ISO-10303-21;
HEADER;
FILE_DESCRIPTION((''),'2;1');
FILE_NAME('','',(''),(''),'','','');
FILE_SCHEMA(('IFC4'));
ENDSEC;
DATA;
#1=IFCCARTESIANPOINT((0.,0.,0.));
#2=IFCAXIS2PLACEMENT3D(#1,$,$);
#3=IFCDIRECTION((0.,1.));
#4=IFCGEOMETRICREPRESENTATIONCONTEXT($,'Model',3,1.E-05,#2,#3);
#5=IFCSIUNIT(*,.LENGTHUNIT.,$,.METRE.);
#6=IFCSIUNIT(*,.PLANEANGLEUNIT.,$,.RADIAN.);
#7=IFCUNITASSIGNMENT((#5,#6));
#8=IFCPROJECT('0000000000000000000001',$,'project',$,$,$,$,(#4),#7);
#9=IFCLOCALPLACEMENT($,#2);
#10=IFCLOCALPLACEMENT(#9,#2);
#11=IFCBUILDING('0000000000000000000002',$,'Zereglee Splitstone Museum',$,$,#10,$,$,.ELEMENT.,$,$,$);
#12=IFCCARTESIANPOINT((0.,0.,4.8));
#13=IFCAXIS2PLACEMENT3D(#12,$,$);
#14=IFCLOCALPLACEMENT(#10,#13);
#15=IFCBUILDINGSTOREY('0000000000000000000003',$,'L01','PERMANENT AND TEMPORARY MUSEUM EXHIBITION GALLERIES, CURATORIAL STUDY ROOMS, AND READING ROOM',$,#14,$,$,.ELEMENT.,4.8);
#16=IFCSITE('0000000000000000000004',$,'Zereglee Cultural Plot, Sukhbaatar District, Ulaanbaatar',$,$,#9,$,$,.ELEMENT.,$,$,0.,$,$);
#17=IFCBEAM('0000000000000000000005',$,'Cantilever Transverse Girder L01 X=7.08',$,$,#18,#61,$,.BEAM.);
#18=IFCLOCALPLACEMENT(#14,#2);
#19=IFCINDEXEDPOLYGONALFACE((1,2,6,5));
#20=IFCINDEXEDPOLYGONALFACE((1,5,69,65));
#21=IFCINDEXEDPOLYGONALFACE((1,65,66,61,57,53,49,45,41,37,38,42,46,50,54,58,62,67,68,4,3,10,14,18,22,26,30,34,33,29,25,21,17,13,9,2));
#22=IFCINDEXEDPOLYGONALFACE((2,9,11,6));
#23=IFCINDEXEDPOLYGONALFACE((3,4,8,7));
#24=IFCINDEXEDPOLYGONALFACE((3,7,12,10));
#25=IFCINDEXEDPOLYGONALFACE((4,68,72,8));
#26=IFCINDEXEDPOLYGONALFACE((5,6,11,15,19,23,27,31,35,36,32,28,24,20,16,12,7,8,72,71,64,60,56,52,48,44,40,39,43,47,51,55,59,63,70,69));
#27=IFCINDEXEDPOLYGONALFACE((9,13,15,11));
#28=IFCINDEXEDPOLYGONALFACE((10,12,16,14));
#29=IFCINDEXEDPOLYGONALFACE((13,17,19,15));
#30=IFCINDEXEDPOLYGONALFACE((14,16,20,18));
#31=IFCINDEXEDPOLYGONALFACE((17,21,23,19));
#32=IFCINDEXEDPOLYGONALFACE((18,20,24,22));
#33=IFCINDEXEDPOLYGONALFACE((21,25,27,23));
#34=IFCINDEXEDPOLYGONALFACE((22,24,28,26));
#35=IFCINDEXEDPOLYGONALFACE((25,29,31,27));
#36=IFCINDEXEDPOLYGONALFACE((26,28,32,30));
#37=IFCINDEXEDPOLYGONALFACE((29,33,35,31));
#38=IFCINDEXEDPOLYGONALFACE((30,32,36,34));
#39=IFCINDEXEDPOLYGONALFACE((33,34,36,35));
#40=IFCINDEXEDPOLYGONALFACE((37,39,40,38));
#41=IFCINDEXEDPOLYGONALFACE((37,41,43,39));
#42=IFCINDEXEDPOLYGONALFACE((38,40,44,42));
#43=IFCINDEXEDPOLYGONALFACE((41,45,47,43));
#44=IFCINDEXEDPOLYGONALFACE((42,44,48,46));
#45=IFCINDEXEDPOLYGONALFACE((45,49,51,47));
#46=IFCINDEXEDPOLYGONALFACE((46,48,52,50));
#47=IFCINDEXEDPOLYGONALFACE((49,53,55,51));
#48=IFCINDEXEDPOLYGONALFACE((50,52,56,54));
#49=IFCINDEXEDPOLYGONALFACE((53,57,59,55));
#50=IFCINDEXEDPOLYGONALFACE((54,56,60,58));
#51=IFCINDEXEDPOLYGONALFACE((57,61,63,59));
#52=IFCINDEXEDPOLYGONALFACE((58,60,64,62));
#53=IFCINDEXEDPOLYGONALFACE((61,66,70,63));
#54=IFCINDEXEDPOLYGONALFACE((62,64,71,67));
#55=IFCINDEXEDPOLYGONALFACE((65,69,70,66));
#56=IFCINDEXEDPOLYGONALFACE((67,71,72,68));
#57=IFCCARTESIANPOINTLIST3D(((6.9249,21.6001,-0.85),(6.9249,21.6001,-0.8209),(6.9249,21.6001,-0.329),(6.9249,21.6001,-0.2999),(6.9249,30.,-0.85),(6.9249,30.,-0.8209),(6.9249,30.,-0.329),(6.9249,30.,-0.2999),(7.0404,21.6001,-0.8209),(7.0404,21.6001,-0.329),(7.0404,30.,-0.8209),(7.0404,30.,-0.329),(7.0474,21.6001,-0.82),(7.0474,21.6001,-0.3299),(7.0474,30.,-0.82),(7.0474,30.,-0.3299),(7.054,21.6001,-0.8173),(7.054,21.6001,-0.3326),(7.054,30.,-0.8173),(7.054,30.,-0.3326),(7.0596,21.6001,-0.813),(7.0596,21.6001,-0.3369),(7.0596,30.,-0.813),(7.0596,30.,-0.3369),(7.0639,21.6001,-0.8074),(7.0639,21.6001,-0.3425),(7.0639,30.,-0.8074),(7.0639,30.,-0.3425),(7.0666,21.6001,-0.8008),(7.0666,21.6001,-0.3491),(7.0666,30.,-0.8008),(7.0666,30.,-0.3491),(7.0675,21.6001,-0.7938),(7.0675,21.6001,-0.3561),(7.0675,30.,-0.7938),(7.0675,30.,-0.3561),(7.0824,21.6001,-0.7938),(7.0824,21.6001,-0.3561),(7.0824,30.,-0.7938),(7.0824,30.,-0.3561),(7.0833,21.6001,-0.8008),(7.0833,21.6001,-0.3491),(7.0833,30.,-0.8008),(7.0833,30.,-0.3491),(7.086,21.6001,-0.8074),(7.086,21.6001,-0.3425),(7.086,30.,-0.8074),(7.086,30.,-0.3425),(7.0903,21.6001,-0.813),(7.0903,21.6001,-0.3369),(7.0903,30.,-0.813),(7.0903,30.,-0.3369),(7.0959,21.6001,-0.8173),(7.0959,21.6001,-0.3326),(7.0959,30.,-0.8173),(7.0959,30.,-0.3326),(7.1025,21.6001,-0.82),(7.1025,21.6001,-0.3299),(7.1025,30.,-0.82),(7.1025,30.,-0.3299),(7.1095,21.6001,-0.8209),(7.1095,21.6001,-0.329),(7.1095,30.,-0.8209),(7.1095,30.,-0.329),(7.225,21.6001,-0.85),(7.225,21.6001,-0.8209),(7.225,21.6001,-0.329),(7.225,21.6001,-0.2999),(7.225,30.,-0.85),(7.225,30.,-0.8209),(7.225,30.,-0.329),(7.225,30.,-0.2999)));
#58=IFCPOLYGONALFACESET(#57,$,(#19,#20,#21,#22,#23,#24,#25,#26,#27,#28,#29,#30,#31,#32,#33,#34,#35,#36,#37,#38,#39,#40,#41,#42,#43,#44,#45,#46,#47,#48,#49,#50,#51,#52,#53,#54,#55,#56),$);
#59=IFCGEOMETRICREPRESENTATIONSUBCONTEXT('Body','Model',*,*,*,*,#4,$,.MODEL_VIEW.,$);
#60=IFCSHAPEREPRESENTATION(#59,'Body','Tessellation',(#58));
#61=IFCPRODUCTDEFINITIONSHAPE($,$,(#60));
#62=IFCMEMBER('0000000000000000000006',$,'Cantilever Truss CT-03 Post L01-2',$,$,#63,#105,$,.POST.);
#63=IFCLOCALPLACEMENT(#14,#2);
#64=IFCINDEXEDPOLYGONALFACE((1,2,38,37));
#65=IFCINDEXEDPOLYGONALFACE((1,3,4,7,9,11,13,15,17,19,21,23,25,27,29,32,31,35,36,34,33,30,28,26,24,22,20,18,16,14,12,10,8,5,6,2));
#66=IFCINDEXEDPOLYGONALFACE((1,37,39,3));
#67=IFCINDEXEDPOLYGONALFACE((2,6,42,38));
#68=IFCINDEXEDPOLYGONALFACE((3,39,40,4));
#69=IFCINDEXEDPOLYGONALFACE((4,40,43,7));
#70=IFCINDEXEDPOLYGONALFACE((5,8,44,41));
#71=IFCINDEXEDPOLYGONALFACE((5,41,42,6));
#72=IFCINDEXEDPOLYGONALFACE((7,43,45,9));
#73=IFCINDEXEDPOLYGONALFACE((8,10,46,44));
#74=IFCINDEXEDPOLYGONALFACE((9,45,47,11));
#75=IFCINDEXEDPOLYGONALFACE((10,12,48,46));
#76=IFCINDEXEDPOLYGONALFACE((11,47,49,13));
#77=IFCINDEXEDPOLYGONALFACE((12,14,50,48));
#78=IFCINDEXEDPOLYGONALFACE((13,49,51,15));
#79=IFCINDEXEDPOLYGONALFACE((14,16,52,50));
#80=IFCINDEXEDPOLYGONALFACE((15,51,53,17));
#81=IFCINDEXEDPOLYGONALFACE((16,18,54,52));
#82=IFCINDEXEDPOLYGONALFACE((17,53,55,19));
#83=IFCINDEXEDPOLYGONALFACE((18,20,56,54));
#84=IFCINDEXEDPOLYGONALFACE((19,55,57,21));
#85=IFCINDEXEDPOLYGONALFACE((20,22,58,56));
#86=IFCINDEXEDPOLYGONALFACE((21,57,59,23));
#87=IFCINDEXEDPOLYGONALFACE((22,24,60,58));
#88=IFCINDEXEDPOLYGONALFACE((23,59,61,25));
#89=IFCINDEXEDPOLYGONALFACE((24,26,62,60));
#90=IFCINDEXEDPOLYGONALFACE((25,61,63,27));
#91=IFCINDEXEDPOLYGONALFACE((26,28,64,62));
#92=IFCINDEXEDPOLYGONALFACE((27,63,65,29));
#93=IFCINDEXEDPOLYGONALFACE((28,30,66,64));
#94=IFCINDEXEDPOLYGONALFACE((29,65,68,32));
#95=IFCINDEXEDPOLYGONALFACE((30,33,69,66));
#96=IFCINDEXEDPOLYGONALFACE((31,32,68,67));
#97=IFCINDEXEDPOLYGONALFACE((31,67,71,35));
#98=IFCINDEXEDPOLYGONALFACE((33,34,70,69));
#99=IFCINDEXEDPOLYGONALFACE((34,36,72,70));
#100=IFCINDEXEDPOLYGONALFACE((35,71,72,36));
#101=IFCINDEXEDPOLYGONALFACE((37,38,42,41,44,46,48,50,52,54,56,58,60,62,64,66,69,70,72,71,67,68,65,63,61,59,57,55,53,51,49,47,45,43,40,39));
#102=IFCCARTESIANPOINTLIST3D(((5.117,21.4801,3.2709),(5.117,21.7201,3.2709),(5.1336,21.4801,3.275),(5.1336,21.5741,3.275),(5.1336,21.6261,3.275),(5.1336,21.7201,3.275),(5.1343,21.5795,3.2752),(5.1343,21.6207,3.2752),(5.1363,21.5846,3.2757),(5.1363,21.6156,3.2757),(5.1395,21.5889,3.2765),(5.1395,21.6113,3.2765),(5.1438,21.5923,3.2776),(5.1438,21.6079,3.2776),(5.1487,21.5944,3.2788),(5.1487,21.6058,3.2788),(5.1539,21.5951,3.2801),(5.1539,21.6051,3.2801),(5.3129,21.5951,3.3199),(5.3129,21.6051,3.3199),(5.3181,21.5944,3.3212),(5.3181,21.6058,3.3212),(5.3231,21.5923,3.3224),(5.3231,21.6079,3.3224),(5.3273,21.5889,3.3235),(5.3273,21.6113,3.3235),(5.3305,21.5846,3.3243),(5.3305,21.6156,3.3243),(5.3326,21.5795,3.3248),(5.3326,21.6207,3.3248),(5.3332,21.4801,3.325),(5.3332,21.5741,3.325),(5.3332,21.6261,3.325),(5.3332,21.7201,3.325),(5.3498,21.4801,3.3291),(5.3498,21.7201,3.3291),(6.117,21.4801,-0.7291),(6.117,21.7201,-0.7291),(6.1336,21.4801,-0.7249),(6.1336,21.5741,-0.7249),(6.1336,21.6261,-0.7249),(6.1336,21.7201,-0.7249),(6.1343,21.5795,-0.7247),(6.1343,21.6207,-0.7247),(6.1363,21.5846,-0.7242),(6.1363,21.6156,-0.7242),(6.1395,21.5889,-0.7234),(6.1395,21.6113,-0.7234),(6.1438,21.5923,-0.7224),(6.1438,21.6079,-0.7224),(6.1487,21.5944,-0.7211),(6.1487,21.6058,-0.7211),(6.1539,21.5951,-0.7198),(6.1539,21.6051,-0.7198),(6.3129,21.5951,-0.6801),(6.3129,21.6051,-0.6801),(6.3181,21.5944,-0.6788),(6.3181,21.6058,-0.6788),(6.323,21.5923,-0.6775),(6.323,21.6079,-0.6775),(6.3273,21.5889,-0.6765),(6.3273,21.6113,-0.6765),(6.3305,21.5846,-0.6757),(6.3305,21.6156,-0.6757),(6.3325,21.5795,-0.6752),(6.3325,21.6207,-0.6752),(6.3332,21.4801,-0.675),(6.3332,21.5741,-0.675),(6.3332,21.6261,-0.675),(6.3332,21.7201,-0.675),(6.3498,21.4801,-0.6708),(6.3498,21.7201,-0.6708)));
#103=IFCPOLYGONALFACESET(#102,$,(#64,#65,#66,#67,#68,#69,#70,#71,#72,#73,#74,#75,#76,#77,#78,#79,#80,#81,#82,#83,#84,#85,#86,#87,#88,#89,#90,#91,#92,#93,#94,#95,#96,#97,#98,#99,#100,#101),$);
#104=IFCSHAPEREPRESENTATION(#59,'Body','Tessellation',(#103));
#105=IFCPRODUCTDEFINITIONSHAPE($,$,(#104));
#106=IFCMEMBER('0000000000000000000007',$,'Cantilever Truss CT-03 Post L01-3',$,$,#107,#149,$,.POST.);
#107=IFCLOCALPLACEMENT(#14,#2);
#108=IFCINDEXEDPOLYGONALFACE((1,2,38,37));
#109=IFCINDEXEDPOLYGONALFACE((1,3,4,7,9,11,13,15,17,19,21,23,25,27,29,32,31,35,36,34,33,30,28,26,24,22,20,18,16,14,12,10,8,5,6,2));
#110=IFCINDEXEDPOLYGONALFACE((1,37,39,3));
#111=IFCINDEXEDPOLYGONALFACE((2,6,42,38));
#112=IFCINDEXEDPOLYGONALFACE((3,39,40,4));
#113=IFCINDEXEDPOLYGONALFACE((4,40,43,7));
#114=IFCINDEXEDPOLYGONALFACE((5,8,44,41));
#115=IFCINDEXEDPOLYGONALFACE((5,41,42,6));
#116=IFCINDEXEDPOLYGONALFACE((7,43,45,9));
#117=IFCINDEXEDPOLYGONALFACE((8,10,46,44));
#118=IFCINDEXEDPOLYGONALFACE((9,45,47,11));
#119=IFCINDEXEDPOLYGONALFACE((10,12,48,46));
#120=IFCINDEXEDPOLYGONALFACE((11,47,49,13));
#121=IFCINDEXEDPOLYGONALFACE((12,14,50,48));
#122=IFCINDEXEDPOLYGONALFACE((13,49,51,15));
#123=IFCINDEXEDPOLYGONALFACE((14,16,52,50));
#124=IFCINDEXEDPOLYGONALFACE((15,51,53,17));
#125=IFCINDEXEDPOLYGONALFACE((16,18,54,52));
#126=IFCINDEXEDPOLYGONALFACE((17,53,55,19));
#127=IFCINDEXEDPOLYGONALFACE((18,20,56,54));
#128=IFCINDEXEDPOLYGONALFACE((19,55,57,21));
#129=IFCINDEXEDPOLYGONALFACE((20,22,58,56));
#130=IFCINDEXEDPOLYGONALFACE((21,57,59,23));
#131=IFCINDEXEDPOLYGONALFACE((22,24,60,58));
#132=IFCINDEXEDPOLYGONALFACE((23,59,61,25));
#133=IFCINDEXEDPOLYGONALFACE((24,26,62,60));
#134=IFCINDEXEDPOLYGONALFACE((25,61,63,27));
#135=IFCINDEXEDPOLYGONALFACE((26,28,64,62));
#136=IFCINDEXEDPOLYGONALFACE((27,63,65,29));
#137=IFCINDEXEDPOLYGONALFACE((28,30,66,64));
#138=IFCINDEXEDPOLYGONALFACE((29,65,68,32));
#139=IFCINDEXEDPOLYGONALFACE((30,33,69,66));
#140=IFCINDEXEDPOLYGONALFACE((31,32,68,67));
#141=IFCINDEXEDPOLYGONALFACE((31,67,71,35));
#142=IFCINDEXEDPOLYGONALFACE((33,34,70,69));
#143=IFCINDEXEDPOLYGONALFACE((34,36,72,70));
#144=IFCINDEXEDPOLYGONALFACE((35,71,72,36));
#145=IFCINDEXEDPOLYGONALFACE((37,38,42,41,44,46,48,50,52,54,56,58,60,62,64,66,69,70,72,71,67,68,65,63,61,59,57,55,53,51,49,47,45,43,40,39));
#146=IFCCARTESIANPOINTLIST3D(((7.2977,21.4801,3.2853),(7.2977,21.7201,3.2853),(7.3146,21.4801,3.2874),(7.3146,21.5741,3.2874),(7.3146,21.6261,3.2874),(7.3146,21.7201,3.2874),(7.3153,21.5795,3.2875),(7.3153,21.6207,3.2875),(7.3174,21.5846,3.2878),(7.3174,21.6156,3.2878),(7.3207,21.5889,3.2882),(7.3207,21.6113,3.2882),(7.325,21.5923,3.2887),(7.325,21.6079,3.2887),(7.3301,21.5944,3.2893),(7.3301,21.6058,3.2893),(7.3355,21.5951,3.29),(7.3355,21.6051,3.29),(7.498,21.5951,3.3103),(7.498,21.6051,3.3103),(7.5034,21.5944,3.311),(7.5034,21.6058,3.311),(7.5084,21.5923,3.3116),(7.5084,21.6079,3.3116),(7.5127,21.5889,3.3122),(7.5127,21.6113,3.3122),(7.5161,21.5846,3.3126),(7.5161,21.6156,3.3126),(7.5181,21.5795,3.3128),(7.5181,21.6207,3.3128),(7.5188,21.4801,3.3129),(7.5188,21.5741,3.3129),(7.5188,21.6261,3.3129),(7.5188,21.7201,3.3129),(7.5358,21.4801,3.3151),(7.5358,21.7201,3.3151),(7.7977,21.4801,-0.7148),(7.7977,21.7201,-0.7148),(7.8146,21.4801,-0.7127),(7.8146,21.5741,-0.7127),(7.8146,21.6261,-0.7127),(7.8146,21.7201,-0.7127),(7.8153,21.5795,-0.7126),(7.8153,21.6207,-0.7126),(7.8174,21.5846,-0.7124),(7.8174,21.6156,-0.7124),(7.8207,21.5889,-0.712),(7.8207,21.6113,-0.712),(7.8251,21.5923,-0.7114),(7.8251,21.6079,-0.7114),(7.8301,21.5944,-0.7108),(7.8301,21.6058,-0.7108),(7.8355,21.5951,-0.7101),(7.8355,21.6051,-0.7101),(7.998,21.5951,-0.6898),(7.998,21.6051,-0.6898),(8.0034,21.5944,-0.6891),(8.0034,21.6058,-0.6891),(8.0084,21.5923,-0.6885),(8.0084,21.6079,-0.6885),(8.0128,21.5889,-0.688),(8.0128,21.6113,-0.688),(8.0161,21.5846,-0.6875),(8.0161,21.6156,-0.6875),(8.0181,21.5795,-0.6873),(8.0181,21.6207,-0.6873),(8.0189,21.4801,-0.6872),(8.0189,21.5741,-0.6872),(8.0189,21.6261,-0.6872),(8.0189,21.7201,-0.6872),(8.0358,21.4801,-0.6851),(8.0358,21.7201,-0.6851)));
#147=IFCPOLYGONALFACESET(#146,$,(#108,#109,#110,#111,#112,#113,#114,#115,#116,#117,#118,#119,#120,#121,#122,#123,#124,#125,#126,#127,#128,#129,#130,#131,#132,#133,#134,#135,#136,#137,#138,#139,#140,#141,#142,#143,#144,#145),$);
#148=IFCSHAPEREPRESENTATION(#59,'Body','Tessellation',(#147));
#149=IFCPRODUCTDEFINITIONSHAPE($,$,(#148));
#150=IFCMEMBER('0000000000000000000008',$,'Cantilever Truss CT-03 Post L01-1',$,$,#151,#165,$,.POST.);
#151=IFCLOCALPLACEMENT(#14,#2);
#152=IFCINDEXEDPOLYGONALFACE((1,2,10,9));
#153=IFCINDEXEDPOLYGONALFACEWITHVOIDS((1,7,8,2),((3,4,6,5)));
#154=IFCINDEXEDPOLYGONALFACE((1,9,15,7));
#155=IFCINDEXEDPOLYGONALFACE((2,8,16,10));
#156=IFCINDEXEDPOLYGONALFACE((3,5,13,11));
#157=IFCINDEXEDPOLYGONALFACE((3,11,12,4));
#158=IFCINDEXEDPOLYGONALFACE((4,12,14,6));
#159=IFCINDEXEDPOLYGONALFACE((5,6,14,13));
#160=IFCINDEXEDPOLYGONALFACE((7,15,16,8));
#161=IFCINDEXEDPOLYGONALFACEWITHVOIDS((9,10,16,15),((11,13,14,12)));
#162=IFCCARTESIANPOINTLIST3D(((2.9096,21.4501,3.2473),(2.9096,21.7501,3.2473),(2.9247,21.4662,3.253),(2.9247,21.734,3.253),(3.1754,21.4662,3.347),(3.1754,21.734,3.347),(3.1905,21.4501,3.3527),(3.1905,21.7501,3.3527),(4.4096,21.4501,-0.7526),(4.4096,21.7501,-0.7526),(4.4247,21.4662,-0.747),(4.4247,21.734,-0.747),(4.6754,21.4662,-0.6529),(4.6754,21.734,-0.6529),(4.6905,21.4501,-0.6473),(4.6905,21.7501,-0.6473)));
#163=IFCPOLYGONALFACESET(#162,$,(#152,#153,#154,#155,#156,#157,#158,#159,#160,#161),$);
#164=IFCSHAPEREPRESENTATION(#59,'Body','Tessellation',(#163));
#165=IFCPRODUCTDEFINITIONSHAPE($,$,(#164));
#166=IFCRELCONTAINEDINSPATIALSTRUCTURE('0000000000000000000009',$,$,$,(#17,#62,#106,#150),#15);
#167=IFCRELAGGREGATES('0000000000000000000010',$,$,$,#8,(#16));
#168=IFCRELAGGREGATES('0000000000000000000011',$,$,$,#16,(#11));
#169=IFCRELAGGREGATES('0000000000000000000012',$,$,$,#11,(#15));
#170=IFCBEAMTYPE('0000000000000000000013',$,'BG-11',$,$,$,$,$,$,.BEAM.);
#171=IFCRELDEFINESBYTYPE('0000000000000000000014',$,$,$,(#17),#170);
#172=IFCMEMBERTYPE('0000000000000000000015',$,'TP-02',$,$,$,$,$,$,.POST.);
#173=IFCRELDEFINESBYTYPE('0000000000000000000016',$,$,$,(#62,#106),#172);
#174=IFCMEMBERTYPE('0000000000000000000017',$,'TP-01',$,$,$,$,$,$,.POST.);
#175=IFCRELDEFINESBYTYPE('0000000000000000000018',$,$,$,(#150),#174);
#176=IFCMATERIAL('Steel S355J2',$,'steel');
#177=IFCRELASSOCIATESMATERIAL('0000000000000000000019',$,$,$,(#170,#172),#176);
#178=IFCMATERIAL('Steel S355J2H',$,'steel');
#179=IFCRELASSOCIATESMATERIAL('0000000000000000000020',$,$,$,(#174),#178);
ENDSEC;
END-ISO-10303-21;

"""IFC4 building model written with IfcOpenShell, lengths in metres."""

from ifc_helpers import new_model, si_unit, direction, frame, origin, origin_2d, place, context, subcontext, project, spatial, hollow_rectangle, i_section, extrude, material, material_profile, profile_set, type_object, element, save


model = new_model("IFC4")

# Units and contexts
model_context = context("Model", 3, precision=1e-05, world=origin(), true_north=direction((0.0, 1.0)))
body_context = subcontext(model_context, "Body", "Model", "MODEL_VIEW")
ifc_project = project(units=[si_unit("LENGTHUNIT", "METRE"), si_unit("PLANEANGLEUNIT", "RADIAN")], contexts=[model_context])

# Site, building, storey
site_placement = place(None, origin())
site = spatial("IfcSite", under=ifc_project, at=site_placement, Name="Zereglee Cultural Plot, Sukhbaatar District, Ulaanbaatar", CompositionType="ELEMENT", RefElevation=0.0)
building_placement = place(site_placement, origin())
building = spatial("IfcBuilding", under=site, at=building_placement, Name="Zereglee Splitstone Museum", CompositionType="ELEMENT")
storey_placement = place(building_placement, frame((0.0, 0.0, 4.8)))
storey = spatial("IfcBuildingStorey", under=building, at=storey_placement, Name="L01", Description="PERMANENT AND TEMPORARY MUSEUM EXHIBITION GALLERIES, CURATORIAL STUDY ROOMS, AND READING ROOM", CompositionType="ELEMENT", Elevation=4.8)

# Shared definitions
ifc_material_1 = material(Name="Steel S355J2H", Category="steel")

# Beam
ifc_material_2 = material(Name="Steel S355J2", Category="steel")
ifc_material_profile_1 = material_profile(ifc_material_2, i_section(OverallWidth=0.3, OverallDepth=0.55, WebThickness=0.0149, FlangeThickness=0.0291, FilletRadius=0.0271, at=origin_2d()), Name="HE 550 B")
ifc_profile_set_1 = profile_set([ifc_material_profile_1], Name="Steel S355J2")
beam_type_1 = type_object("IfcBeamType", Name="BG-11", PredefinedType="BEAM", material=ifc_profile_set_1)
beam_1_placement = place(storey_placement, frame((7.075, 21.6001, -0.575), z_axis=(0.0, 1.0, 0.0), x_axis=(-1.0, 0.0, 0.0)))
element("IfcBeam", 1, at=beam_1_placement, inside=storey, type_object=beam_type_1, Name="Cantilever Transverse Girder L01 X=7.08", PredefinedType="BEAM", context=body_context, shape_type="SweptSolid", body=[
    extrude(i_section(OverallWidth=0.3, OverallDepth=0.55, WebThickness=0.0149, FlangeThickness=0.0291, FilletRadius=0.0271, at=origin_2d()), origin(), (0.0, 0.0, 1.0), 8.3999),
])

# Members
ifc_material_profile_2 = material_profile(ifc_material_2, i_section(OverallWidth=0.24, OverallDepth=0.24, WebThickness=0.01, FlangeThickness=0.0171, FilletRadius=0.021, at=origin_2d()), Name="HE 240 B")
ifc_profile_set_2 = profile_set([ifc_material_profile_2], Name="Steel S355J2")
member_type_1 = type_object("IfcMemberType", Name="TP-02", PredefinedType="POST", material=ifc_profile_set_2)
member_1_placement = place(storey_placement, frame((6.2334, 21.6001, -0.7), z_axis=(-0.242536, 0.0, 0.970143), x_axis=(0.0, -1.0, 0.0)))
element("IfcMember", 2, at=member_1_placement, inside=storey, type_object=member_type_1, Name="Cantilever Truss CT-03 Post L01-2", PredefinedType="POST", context=body_context, shape_type="SweptSolid", body=[
    extrude(i_section(OverallWidth=0.24, OverallDepth=0.24, WebThickness=0.01, FlangeThickness=0.0171, FilletRadius=0.021, at=origin_2d()), origin(), (0.0, 0.0, 1.0), 4.123),
])
member_2_placement = place(storey_placement, frame((7.9167, 21.6001, -0.7), z_axis=(-0.124035, 0.0, 0.992278), x_axis=(0.0, -1.0, 0.0)))
element("IfcMember", 3, at=member_2_placement, inside=storey, type_object=member_type_1, Name="Cantilever Truss CT-03 Post L01-3", PredefinedType="POST", context=body_context, shape_type="SweptSolid", body=[
    extrude(i_section(OverallWidth=0.24, OverallDepth=0.24, WebThickness=0.01, FlangeThickness=0.0171, FilletRadius=0.021, at=origin_2d()), origin(), (0.0, 0.0, 1.0), 4.0312),
])
ifc_material_profile_3 = material_profile(ifc_material_1, hollow_rectangle(XDim=0.3, YDim=0.3, WallThickness=0.0161, at=origin_2d()), Name="SHS 300x300x16")
ifc_profile_set_3 = profile_set([ifc_material_profile_3], Name="Steel S355J2H")
member_type_2 = type_object("IfcMemberType", Name="TP-01", PredefinedType="POST", material=ifc_profile_set_3)
member_3_placement = place(storey_placement, frame((4.55, 21.6001, -0.7), z_axis=(-0.351123, 0.0, 0.936329), x_axis=(0.0, -1.0, 0.0)))
element("IfcMember", 4, at=member_3_placement, inside=storey, type_object=member_type_2, Name="Cantilever Truss CT-03 Post L01-1", PredefinedType="POST", context=body_context, shape_type="SweptSolid", body=[
    extrude(hollow_rectangle(XDim=0.3, YDim=0.3, WallThickness=0.0161, at=origin_2d()), origin(), (0.0, 0.0, 1.0), 4.272),
])

save(model, "model.ifc")
